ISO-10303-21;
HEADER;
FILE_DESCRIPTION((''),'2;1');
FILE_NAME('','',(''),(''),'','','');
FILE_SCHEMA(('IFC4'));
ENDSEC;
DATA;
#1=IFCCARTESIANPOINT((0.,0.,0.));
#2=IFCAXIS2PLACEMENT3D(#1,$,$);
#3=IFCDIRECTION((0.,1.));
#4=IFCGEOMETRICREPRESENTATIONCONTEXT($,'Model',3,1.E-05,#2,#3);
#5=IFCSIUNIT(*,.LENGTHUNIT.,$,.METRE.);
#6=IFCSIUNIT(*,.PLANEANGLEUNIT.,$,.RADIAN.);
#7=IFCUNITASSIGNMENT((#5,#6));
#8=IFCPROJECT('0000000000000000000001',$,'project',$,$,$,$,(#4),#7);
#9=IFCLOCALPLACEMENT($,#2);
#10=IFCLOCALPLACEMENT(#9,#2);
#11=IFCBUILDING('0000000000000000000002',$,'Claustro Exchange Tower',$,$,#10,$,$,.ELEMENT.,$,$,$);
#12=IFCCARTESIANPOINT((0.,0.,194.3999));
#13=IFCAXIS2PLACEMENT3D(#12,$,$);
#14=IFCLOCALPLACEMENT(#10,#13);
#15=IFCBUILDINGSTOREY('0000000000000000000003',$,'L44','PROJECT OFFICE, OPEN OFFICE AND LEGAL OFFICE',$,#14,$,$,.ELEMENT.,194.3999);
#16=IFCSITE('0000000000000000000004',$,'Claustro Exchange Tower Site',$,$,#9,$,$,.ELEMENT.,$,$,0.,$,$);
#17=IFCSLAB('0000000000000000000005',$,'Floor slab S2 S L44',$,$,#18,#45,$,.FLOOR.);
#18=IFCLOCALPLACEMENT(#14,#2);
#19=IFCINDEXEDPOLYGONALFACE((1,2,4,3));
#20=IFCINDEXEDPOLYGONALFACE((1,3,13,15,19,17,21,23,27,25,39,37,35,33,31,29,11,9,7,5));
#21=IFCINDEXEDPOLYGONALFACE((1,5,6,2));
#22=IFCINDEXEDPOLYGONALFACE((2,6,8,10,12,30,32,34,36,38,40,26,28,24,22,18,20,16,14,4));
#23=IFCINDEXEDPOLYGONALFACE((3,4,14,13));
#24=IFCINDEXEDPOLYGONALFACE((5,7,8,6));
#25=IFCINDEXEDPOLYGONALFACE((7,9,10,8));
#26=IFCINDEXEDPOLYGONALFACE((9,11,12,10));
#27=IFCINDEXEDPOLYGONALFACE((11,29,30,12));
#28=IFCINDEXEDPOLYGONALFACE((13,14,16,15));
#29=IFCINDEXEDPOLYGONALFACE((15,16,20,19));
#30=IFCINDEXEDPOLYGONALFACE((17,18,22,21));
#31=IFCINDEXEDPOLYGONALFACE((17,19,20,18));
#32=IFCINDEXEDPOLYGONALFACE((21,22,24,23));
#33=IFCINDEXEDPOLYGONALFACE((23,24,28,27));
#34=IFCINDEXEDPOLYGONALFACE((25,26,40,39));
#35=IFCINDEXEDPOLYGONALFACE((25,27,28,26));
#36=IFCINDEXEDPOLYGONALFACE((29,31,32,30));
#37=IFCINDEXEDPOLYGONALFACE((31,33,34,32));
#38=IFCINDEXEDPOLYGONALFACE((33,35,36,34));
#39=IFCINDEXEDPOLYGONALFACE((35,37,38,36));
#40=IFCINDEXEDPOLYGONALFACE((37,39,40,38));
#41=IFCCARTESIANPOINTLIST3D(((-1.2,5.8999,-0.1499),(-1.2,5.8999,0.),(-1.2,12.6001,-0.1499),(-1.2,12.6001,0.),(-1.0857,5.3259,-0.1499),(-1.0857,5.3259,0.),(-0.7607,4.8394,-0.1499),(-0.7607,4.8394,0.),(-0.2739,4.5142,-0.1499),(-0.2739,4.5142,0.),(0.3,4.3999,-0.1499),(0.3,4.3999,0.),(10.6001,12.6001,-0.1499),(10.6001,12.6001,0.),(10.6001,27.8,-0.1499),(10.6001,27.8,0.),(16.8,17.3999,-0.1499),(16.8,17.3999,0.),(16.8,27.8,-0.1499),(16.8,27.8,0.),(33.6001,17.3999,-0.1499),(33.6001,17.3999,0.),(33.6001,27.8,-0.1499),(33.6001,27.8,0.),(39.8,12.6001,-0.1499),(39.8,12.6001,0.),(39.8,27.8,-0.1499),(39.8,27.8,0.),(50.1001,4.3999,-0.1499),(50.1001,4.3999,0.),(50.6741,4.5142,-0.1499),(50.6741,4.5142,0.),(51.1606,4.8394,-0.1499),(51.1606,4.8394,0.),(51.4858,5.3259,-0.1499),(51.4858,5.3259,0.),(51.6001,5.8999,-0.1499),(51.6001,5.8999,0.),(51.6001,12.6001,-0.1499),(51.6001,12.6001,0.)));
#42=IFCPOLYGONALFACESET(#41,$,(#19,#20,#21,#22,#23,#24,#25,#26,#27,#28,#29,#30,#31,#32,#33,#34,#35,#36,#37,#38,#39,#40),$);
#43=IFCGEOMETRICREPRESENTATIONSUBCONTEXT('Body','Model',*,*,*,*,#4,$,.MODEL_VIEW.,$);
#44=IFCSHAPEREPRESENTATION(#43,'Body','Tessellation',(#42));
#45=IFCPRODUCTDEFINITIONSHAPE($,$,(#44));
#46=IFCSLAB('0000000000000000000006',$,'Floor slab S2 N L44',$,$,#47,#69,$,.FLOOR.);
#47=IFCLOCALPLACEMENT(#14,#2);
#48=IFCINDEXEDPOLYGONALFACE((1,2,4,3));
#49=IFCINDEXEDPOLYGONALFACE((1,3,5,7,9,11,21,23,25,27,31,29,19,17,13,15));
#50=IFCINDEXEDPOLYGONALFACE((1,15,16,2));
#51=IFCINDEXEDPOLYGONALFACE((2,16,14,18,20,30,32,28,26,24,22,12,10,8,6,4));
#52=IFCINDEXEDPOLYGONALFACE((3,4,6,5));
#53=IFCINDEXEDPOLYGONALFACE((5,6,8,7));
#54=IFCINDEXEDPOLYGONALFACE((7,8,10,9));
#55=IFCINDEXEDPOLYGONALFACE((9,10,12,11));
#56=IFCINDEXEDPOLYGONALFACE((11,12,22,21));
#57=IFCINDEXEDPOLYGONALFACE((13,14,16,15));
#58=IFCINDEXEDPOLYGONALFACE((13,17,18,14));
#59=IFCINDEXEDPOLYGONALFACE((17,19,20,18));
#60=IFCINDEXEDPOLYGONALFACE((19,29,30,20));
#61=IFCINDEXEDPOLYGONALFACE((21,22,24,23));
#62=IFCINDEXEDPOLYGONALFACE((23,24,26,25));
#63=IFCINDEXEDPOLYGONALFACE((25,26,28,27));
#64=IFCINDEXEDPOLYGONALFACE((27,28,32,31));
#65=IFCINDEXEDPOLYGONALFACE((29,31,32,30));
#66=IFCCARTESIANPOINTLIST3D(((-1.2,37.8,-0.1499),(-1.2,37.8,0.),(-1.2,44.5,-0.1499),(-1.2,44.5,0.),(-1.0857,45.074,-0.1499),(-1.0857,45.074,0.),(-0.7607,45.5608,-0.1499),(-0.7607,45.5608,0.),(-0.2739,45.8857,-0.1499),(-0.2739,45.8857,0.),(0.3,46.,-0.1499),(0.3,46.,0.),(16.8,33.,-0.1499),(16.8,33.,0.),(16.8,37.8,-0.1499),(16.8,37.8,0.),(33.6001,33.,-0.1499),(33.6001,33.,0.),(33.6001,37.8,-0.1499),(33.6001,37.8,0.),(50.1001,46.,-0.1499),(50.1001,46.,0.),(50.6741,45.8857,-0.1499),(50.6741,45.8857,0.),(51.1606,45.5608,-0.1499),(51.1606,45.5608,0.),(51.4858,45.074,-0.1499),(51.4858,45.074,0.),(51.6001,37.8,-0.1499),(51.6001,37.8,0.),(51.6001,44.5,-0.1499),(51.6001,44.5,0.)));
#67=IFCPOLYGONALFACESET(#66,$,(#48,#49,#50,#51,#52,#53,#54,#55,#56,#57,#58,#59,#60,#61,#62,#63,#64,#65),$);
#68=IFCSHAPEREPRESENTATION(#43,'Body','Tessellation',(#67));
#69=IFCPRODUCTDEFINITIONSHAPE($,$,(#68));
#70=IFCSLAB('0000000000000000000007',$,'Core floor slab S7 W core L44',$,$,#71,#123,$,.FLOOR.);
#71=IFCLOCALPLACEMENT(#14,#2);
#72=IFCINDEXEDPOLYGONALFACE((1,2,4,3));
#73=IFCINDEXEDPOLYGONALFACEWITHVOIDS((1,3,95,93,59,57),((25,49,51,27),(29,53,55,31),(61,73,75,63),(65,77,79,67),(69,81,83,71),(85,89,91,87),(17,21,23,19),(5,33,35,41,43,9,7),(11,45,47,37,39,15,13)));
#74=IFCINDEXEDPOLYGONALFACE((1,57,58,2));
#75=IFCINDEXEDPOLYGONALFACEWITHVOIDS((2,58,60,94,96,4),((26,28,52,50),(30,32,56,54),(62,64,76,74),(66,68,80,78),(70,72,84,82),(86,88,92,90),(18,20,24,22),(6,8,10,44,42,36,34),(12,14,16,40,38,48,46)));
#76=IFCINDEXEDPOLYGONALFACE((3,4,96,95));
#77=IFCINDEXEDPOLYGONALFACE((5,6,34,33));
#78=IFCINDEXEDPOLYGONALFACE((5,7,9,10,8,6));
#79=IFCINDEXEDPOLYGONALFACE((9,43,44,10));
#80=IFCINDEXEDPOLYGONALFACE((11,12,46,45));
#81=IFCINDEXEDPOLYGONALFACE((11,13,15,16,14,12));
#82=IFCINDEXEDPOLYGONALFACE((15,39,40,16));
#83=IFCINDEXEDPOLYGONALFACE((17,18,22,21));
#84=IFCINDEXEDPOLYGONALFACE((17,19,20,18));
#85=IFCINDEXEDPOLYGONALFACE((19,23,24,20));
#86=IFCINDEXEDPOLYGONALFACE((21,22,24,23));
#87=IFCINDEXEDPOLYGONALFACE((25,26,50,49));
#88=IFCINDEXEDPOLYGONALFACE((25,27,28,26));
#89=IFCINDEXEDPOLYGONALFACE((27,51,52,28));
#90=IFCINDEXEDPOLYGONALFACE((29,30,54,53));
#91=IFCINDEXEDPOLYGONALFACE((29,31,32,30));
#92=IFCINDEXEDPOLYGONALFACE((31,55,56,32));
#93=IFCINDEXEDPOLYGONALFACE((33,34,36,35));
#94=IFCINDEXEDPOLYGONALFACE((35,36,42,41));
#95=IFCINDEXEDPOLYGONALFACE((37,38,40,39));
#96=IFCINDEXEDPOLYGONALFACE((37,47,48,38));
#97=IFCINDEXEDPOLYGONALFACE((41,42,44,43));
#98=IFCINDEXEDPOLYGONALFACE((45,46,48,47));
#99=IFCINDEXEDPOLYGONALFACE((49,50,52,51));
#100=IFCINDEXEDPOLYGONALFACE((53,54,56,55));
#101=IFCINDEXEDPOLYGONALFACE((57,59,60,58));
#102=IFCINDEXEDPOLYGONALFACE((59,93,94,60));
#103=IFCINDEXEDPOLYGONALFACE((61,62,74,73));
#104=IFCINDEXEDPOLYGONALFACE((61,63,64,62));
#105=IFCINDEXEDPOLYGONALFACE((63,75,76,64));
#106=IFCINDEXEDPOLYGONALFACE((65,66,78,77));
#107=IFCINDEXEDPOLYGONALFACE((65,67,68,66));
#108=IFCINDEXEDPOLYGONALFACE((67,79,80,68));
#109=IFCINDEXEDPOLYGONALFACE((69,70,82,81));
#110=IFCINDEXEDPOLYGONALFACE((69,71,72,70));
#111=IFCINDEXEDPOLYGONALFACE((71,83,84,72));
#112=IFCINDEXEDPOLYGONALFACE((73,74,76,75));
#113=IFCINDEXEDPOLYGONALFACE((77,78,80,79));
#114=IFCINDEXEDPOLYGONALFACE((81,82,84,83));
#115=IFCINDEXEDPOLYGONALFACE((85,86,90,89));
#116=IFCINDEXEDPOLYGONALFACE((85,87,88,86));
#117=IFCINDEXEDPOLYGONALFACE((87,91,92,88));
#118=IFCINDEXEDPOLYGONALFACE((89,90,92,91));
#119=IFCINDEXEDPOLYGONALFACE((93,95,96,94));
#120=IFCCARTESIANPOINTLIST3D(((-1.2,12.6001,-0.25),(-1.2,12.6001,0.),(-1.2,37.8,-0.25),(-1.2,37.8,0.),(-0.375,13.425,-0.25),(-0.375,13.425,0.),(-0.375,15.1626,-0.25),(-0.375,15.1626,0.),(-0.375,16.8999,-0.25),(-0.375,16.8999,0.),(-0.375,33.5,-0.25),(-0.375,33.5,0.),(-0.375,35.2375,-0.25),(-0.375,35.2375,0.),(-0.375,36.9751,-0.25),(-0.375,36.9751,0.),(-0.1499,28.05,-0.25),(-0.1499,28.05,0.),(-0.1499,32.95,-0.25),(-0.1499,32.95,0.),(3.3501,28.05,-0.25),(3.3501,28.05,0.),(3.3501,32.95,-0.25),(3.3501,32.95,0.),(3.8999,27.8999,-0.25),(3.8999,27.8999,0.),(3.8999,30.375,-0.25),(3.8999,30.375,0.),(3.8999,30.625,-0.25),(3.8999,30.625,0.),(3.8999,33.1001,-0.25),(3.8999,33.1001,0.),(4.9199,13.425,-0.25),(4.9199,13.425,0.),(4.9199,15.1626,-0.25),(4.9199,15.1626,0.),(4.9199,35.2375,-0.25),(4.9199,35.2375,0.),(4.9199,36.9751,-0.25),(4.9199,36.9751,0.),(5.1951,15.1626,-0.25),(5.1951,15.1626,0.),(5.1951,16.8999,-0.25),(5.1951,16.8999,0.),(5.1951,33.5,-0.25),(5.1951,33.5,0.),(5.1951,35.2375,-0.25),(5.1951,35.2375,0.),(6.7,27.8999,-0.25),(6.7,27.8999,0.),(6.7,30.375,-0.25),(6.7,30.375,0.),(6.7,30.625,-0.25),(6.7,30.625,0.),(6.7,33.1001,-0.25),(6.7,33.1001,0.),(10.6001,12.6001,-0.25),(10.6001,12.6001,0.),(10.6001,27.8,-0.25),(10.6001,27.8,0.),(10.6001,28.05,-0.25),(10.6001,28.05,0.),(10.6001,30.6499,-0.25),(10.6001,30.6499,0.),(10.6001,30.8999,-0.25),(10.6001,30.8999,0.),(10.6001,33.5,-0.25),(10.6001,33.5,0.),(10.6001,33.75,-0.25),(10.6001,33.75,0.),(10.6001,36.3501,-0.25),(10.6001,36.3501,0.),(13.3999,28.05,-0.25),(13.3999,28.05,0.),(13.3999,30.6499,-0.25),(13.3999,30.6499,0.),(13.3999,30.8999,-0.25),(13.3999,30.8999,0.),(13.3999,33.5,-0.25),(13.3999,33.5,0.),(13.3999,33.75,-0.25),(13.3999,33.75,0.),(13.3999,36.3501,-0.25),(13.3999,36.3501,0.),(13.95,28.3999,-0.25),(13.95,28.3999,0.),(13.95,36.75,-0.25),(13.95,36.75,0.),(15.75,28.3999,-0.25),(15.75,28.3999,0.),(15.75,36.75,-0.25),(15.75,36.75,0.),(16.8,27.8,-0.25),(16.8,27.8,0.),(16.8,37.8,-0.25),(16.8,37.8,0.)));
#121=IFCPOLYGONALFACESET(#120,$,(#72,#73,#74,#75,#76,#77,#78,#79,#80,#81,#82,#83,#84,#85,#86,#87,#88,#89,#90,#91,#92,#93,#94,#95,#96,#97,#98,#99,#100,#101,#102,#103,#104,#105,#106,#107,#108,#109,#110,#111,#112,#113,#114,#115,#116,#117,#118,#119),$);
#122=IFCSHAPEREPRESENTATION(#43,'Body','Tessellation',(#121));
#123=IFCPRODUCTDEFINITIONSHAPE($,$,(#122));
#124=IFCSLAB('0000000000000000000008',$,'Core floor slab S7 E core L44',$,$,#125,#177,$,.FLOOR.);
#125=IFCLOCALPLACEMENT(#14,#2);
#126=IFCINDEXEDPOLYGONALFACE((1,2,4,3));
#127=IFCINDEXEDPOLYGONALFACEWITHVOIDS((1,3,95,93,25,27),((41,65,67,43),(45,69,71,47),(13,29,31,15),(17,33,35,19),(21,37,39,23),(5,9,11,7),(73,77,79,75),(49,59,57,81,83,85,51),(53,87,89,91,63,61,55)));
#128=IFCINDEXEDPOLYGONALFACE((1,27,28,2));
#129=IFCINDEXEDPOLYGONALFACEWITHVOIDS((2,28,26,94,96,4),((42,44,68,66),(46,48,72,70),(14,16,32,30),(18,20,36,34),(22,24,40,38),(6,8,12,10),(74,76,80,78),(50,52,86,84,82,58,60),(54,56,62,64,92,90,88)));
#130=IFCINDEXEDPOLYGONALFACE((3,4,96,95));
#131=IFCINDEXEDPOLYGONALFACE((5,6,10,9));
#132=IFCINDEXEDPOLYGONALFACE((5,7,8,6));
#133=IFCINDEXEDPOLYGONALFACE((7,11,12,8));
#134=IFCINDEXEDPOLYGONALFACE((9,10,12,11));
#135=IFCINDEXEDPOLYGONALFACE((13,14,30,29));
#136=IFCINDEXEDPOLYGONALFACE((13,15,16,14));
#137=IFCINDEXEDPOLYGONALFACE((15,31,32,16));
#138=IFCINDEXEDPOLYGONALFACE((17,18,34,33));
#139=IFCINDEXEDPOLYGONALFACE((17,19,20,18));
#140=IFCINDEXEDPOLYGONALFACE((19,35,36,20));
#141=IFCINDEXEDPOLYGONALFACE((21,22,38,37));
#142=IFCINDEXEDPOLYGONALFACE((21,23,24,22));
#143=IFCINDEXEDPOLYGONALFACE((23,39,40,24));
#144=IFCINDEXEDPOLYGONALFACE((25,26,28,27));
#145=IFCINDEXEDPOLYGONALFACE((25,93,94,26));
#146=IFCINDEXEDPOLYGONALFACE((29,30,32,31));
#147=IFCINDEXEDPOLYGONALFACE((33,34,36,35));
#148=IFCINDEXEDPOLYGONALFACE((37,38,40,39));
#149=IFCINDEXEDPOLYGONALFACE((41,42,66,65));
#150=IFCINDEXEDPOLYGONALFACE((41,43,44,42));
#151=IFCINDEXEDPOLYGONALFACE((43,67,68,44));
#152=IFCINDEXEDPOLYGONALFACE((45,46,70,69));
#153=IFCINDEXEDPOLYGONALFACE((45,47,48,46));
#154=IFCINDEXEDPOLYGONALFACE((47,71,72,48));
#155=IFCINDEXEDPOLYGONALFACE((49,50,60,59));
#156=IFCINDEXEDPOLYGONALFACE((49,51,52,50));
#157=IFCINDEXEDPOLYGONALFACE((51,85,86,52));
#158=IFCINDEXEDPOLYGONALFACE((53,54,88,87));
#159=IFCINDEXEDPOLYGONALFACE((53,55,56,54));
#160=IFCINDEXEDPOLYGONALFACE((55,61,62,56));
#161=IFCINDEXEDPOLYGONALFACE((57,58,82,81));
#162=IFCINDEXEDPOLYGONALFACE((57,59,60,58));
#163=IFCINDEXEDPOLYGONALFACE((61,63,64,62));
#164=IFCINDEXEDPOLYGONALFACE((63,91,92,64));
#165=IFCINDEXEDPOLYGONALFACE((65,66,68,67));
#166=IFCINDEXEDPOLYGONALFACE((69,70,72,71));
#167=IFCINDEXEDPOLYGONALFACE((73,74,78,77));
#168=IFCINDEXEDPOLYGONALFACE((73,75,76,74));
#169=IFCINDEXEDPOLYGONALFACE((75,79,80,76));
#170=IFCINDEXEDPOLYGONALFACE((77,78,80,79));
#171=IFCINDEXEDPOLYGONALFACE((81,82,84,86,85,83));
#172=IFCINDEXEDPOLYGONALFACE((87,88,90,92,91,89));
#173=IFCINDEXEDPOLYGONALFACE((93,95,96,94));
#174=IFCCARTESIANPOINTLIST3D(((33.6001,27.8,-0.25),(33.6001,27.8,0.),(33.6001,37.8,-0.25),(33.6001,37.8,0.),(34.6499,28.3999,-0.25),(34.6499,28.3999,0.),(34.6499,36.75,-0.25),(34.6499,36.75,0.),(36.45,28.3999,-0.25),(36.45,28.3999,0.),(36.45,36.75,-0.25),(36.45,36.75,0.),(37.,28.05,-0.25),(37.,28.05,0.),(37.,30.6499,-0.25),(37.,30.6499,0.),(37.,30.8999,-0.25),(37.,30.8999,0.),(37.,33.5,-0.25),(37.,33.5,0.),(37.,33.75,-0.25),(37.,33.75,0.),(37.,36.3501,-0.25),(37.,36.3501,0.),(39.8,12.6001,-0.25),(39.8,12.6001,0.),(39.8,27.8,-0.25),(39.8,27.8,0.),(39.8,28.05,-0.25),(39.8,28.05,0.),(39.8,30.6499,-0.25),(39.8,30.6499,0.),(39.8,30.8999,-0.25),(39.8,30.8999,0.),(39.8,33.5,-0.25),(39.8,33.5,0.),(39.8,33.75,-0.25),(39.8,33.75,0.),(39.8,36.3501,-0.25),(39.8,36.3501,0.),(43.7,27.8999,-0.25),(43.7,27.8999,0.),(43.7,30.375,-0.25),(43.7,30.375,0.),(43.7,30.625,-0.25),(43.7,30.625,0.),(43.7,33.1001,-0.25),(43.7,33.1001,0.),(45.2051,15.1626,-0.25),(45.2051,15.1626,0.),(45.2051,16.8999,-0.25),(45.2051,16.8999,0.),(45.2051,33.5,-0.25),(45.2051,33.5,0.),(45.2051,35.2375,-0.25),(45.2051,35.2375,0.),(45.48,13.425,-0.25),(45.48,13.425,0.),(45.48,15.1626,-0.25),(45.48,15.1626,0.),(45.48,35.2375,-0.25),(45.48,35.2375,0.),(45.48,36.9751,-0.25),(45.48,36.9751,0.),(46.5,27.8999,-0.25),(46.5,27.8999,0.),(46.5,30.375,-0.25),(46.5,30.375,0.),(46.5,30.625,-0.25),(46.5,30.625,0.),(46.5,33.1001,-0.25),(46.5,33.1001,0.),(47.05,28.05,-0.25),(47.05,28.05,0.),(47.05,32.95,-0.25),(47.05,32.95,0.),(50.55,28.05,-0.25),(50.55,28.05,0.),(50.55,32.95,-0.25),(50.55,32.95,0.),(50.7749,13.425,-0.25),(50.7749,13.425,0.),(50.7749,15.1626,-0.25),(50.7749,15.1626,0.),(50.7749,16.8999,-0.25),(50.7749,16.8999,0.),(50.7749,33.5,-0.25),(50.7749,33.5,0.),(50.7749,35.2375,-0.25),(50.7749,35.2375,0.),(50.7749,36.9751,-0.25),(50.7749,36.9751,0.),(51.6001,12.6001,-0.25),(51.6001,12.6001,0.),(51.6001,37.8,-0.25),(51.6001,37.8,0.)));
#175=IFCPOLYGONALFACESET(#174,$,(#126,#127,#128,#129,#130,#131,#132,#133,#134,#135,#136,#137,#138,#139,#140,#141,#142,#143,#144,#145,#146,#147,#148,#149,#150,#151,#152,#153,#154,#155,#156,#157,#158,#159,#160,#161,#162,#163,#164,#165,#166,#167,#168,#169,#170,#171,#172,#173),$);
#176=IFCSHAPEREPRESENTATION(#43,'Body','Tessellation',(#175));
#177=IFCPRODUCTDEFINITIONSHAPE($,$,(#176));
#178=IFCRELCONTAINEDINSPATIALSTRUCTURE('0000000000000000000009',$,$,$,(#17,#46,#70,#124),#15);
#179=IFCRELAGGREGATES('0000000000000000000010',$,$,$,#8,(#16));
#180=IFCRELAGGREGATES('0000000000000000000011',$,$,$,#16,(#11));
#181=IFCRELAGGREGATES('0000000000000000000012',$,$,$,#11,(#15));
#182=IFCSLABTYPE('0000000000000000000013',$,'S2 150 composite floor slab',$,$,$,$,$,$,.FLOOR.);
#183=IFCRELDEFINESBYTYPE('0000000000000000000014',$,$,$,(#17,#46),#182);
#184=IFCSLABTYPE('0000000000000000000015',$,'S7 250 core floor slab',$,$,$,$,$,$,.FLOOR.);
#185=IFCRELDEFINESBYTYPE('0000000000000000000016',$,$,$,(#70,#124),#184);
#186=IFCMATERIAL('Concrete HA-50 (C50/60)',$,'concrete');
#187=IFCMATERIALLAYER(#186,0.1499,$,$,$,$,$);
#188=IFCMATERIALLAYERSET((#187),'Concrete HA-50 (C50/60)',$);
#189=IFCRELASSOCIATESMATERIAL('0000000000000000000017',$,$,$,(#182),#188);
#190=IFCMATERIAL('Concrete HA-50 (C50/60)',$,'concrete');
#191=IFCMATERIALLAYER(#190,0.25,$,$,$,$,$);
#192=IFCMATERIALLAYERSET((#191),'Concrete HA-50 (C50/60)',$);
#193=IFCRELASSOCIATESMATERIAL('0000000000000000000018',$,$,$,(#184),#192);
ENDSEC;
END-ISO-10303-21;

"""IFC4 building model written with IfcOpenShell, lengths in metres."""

from ifc_helpers import new_model, si_unit, direction, frame, origin, place, context, subcontext, project, spatial, polyline, outline, extrude, material, layer, layer_set, type_object, element, save


model = new_model("IFC4")

# Units and contexts
model_context = context("Model", 3, precision=1e-05, world=origin(), true_north=direction((0.0, 1.0)))
body_context = subcontext(model_context, "Body", "Model", "MODEL_VIEW")
ifc_project = project(units=[si_unit("LENGTHUNIT", "METRE"), si_unit("PLANEANGLEUNIT", "RADIAN")], contexts=[model_context])

# Site, building, storey
site_placement = place(None, origin())
site = spatial("IfcSite", under=ifc_project, at=site_placement, Name="Claustro Exchange Tower Site", CompositionType="ELEMENT", RefElevation=0.0)
building_placement = place(site_placement, origin())
building = spatial("IfcBuilding", under=site, at=building_placement, Name="Claustro Exchange Tower", CompositionType="ELEMENT")
storey_placement = place(building_placement, frame((0.0, 0.0, 194.3999)))
storey = spatial("IfcBuildingStorey", under=building, at=storey_placement, Name="L44", Description="PROJECT OFFICE, OPEN OFFICE AND LEGAL OFFICE", CompositionType="ELEMENT", Elevation=194.3999)

# Slabs
ifc_material_1 = material(Name="Concrete HA-50 (C50/60)", Category="concrete")
ifc_layer_1 = layer(ifc_material_1, 0.1499)
ifc_layer_set_1 = layer_set([ifc_layer_1], Name="Concrete HA-50 (C50/60)")
slab_type_1 = type_object("IfcSlabType", Name="S2 150 composite floor slab", PredefinedType="FLOOR", material=ifc_layer_set_1)
slab_1_placement = place(storey_placement, frame((0.0, 0.0, -0.1499)))
element("IfcSlab", 1, at=slab_1_placement, inside=storey, type_object=slab_type_1, Name="Floor slab S2 S L44", PredefinedType="FLOOR", context=body_context, shape_type="SweptSolid", body=[
    extrude(outline(polyline([(-0.2739, 4.5142), (0.3, 4.3999), (50.1001, 4.3999), (50.6741, 4.5142), (51.1606, 4.8394), (51.4858, 5.3259), (51.6001, 5.8999), (51.6001, 12.6001), (39.8, 12.6001), (39.8, 27.8), (33.6001, 27.8), (33.6001, 17.3999), (16.8, 17.3999), (16.8, 27.8), (10.6001, 27.8), (10.6001, 12.6001), (-1.2, 12.6001), (-1.2, 5.8999), (-1.0857, 5.3259), (-0.7607, 4.8394), (-0.2739, 4.5142)])), origin(), (0.0, 0.0, 1.0), 0.1499),
])
slab_2_placement = place(storey_placement, frame((0.0, 0.0, -0.1499)))
element("IfcSlab", 2, at=slab_2_placement, inside=storey, type_object=slab_type_1, Name="Floor slab S2 N L44", PredefinedType="FLOOR", context=body_context, shape_type="SweptSolid", body=[
    extrude(outline(polyline([(16.8, 37.8), (16.8, 33.0), (33.6001, 33.0), (33.6001, 37.8), (51.6001, 37.8), (51.6001, 44.5), (51.4858, 45.074), (51.1606, 45.5608), (50.6741, 45.8857), (50.1001, 46.0), (0.3, 46.0), (-0.2739, 45.8857), (-0.7607, 45.5608), (-1.0857, 45.074), (-1.2, 44.5), (-1.2, 37.8), (16.8, 37.8)])), origin(), (0.0, 0.0, 1.0), 0.1499),
])
ifc_material_2 = material(Name="Concrete HA-50 (C50/60)", Category="concrete")
ifc_layer_2 = layer(ifc_material_2, 0.25)
ifc_layer_set_2 = layer_set([ifc_layer_2], Name="Concrete HA-50 (C50/60)")
slab_type_2 = type_object("IfcSlabType", Name="S7 250 core floor slab", PredefinedType="FLOOR", material=ifc_layer_set_2)
slab_3_placement = place(storey_placement, frame((0.0, 0.0, -0.25)))
element("IfcSlab", 3, at=slab_3_placement, inside=storey, type_object=slab_type_2, Name="Core floor slab S7 W core L44", PredefinedType="FLOOR", context=body_context, shape_type="SweptSolid", body=[
    extrude(outline(polyline([(-1.2, 37.8), (-1.2, 12.6001), (10.6001, 12.6001), (10.6001, 27.8), (16.8, 27.8), (16.8, 37.8), (-1.2, 37.8)]), holes=[polyline([(13.95, 36.75), (15.75, 36.75), (15.75, 28.3999), (13.95, 28.3999), (13.95, 36.75)]), polyline([(10.6001, 30.6499), (13.3999, 30.6499), (13.3999, 28.05), (10.6001, 28.05), (10.6001, 30.6499)]), polyline([(10.6001, 33.5), (13.3999, 33.5), (13.3999, 30.8999), (10.6001, 30.8999), (10.6001, 33.5)]), polyline([(13.3999, 36.3501), (13.3999, 33.75), (10.6001, 33.75), (10.6001, 36.3501), (13.3999, 36.3501)]), polyline([(3.8999, 30.375), (6.7, 30.375), (6.7, 27.8999), (3.8999, 27.8999), (3.8999, 30.375)]), polyline([(3.8999, 33.1001), (6.7, 33.1001), (6.7, 30.625), (3.8999, 30.625), (3.8999, 33.1001)]), polyline([(-0.375, 15.1626), (-0.375, 16.8999), (5.1951, 16.8999), (5.1951, 15.1626), (4.9199, 15.1626), (4.9199, 13.425), (-0.375, 13.425), (-0.375, 15.1626)]), polyline([(-0.375, 35.2375), (-0.375, 36.9751), (4.9199, 36.9751), (4.9199, 35.2375), (5.1951, 35.2375), (5.1951, 33.5), (-0.375, 33.5), (-0.375, 35.2375)]), polyline([(-0.1499, 32.95), (3.3501, 32.95), (3.3501, 28.05), (-0.1499, 28.05), (-0.1499, 32.95)])]), origin(), (0.0, 0.0, 1.0), 0.25),
])
slab_4_placement = place(storey_placement, frame((0.0, 0.0, -0.25)))
element("IfcSlab", 4, at=slab_4_placement, inside=storey, type_object=slab_type_2, Name="Core floor slab S7 E core L44", PredefinedType="FLOOR", context=body_context, shape_type="SweptSolid", body=[
    extrude(outline(polyline([(51.6001, 37.8), (33.6001, 37.8), (33.6001, 27.8), (39.8, 27.8), (39.8, 12.6001), (51.6001, 12.6001), (51.6001, 37.8)]), holes=[polyline([(45.48, 15.1626), (45.2051, 15.1626), (45.2051, 16.8999), (50.7749, 16.8999), (50.7749, 15.1626), (50.7749, 13.425), (45.48, 13.425), (45.48, 15.1626)]), polyline([(45.48, 35.2375), (45.48, 36.9751), (50.7749, 36.9751), (50.7749, 35.2375), (50.7749, 33.5), (45.2051, 33.5), (45.2051, 35.2375), (45.48, 35.2375)]), polyline([(47.05, 32.95), (50.55, 32.95), (50.55, 28.05), (47.05, 28.05), (47.05, 32.95)]), polyline([(43.7, 30.375), (46.5, 30.375), (46.5, 27.8999), (43.7, 27.8999), (43.7, 30.375)]), polyline([(43.7, 33.1001), (46.5, 33.1001), (46.5, 30.625), (43.7, 30.625), (43.7, 33.1001)]), polyline([(37.0, 30.6499), (39.8, 30.6499), (39.8, 28.05), (37.0, 28.05), (37.0, 30.6499)]), polyline([(37.0, 33.5), (39.8, 33.5), (39.8, 30.8999), (37.0, 30.8999), (37.0, 33.5)]), polyline([(39.8, 36.3501), (39.8, 33.75), (37.0, 33.75), (37.0, 36.3501), (39.8, 36.3501)]), polyline([(34.6499, 36.75), (36.45, 36.75), (36.45, 28.3999), (34.6499, 28.3999), (34.6499, 36.75)])]), origin(), (0.0, 0.0, 1.0), 0.25),
])

save(model, "model.ifc")
